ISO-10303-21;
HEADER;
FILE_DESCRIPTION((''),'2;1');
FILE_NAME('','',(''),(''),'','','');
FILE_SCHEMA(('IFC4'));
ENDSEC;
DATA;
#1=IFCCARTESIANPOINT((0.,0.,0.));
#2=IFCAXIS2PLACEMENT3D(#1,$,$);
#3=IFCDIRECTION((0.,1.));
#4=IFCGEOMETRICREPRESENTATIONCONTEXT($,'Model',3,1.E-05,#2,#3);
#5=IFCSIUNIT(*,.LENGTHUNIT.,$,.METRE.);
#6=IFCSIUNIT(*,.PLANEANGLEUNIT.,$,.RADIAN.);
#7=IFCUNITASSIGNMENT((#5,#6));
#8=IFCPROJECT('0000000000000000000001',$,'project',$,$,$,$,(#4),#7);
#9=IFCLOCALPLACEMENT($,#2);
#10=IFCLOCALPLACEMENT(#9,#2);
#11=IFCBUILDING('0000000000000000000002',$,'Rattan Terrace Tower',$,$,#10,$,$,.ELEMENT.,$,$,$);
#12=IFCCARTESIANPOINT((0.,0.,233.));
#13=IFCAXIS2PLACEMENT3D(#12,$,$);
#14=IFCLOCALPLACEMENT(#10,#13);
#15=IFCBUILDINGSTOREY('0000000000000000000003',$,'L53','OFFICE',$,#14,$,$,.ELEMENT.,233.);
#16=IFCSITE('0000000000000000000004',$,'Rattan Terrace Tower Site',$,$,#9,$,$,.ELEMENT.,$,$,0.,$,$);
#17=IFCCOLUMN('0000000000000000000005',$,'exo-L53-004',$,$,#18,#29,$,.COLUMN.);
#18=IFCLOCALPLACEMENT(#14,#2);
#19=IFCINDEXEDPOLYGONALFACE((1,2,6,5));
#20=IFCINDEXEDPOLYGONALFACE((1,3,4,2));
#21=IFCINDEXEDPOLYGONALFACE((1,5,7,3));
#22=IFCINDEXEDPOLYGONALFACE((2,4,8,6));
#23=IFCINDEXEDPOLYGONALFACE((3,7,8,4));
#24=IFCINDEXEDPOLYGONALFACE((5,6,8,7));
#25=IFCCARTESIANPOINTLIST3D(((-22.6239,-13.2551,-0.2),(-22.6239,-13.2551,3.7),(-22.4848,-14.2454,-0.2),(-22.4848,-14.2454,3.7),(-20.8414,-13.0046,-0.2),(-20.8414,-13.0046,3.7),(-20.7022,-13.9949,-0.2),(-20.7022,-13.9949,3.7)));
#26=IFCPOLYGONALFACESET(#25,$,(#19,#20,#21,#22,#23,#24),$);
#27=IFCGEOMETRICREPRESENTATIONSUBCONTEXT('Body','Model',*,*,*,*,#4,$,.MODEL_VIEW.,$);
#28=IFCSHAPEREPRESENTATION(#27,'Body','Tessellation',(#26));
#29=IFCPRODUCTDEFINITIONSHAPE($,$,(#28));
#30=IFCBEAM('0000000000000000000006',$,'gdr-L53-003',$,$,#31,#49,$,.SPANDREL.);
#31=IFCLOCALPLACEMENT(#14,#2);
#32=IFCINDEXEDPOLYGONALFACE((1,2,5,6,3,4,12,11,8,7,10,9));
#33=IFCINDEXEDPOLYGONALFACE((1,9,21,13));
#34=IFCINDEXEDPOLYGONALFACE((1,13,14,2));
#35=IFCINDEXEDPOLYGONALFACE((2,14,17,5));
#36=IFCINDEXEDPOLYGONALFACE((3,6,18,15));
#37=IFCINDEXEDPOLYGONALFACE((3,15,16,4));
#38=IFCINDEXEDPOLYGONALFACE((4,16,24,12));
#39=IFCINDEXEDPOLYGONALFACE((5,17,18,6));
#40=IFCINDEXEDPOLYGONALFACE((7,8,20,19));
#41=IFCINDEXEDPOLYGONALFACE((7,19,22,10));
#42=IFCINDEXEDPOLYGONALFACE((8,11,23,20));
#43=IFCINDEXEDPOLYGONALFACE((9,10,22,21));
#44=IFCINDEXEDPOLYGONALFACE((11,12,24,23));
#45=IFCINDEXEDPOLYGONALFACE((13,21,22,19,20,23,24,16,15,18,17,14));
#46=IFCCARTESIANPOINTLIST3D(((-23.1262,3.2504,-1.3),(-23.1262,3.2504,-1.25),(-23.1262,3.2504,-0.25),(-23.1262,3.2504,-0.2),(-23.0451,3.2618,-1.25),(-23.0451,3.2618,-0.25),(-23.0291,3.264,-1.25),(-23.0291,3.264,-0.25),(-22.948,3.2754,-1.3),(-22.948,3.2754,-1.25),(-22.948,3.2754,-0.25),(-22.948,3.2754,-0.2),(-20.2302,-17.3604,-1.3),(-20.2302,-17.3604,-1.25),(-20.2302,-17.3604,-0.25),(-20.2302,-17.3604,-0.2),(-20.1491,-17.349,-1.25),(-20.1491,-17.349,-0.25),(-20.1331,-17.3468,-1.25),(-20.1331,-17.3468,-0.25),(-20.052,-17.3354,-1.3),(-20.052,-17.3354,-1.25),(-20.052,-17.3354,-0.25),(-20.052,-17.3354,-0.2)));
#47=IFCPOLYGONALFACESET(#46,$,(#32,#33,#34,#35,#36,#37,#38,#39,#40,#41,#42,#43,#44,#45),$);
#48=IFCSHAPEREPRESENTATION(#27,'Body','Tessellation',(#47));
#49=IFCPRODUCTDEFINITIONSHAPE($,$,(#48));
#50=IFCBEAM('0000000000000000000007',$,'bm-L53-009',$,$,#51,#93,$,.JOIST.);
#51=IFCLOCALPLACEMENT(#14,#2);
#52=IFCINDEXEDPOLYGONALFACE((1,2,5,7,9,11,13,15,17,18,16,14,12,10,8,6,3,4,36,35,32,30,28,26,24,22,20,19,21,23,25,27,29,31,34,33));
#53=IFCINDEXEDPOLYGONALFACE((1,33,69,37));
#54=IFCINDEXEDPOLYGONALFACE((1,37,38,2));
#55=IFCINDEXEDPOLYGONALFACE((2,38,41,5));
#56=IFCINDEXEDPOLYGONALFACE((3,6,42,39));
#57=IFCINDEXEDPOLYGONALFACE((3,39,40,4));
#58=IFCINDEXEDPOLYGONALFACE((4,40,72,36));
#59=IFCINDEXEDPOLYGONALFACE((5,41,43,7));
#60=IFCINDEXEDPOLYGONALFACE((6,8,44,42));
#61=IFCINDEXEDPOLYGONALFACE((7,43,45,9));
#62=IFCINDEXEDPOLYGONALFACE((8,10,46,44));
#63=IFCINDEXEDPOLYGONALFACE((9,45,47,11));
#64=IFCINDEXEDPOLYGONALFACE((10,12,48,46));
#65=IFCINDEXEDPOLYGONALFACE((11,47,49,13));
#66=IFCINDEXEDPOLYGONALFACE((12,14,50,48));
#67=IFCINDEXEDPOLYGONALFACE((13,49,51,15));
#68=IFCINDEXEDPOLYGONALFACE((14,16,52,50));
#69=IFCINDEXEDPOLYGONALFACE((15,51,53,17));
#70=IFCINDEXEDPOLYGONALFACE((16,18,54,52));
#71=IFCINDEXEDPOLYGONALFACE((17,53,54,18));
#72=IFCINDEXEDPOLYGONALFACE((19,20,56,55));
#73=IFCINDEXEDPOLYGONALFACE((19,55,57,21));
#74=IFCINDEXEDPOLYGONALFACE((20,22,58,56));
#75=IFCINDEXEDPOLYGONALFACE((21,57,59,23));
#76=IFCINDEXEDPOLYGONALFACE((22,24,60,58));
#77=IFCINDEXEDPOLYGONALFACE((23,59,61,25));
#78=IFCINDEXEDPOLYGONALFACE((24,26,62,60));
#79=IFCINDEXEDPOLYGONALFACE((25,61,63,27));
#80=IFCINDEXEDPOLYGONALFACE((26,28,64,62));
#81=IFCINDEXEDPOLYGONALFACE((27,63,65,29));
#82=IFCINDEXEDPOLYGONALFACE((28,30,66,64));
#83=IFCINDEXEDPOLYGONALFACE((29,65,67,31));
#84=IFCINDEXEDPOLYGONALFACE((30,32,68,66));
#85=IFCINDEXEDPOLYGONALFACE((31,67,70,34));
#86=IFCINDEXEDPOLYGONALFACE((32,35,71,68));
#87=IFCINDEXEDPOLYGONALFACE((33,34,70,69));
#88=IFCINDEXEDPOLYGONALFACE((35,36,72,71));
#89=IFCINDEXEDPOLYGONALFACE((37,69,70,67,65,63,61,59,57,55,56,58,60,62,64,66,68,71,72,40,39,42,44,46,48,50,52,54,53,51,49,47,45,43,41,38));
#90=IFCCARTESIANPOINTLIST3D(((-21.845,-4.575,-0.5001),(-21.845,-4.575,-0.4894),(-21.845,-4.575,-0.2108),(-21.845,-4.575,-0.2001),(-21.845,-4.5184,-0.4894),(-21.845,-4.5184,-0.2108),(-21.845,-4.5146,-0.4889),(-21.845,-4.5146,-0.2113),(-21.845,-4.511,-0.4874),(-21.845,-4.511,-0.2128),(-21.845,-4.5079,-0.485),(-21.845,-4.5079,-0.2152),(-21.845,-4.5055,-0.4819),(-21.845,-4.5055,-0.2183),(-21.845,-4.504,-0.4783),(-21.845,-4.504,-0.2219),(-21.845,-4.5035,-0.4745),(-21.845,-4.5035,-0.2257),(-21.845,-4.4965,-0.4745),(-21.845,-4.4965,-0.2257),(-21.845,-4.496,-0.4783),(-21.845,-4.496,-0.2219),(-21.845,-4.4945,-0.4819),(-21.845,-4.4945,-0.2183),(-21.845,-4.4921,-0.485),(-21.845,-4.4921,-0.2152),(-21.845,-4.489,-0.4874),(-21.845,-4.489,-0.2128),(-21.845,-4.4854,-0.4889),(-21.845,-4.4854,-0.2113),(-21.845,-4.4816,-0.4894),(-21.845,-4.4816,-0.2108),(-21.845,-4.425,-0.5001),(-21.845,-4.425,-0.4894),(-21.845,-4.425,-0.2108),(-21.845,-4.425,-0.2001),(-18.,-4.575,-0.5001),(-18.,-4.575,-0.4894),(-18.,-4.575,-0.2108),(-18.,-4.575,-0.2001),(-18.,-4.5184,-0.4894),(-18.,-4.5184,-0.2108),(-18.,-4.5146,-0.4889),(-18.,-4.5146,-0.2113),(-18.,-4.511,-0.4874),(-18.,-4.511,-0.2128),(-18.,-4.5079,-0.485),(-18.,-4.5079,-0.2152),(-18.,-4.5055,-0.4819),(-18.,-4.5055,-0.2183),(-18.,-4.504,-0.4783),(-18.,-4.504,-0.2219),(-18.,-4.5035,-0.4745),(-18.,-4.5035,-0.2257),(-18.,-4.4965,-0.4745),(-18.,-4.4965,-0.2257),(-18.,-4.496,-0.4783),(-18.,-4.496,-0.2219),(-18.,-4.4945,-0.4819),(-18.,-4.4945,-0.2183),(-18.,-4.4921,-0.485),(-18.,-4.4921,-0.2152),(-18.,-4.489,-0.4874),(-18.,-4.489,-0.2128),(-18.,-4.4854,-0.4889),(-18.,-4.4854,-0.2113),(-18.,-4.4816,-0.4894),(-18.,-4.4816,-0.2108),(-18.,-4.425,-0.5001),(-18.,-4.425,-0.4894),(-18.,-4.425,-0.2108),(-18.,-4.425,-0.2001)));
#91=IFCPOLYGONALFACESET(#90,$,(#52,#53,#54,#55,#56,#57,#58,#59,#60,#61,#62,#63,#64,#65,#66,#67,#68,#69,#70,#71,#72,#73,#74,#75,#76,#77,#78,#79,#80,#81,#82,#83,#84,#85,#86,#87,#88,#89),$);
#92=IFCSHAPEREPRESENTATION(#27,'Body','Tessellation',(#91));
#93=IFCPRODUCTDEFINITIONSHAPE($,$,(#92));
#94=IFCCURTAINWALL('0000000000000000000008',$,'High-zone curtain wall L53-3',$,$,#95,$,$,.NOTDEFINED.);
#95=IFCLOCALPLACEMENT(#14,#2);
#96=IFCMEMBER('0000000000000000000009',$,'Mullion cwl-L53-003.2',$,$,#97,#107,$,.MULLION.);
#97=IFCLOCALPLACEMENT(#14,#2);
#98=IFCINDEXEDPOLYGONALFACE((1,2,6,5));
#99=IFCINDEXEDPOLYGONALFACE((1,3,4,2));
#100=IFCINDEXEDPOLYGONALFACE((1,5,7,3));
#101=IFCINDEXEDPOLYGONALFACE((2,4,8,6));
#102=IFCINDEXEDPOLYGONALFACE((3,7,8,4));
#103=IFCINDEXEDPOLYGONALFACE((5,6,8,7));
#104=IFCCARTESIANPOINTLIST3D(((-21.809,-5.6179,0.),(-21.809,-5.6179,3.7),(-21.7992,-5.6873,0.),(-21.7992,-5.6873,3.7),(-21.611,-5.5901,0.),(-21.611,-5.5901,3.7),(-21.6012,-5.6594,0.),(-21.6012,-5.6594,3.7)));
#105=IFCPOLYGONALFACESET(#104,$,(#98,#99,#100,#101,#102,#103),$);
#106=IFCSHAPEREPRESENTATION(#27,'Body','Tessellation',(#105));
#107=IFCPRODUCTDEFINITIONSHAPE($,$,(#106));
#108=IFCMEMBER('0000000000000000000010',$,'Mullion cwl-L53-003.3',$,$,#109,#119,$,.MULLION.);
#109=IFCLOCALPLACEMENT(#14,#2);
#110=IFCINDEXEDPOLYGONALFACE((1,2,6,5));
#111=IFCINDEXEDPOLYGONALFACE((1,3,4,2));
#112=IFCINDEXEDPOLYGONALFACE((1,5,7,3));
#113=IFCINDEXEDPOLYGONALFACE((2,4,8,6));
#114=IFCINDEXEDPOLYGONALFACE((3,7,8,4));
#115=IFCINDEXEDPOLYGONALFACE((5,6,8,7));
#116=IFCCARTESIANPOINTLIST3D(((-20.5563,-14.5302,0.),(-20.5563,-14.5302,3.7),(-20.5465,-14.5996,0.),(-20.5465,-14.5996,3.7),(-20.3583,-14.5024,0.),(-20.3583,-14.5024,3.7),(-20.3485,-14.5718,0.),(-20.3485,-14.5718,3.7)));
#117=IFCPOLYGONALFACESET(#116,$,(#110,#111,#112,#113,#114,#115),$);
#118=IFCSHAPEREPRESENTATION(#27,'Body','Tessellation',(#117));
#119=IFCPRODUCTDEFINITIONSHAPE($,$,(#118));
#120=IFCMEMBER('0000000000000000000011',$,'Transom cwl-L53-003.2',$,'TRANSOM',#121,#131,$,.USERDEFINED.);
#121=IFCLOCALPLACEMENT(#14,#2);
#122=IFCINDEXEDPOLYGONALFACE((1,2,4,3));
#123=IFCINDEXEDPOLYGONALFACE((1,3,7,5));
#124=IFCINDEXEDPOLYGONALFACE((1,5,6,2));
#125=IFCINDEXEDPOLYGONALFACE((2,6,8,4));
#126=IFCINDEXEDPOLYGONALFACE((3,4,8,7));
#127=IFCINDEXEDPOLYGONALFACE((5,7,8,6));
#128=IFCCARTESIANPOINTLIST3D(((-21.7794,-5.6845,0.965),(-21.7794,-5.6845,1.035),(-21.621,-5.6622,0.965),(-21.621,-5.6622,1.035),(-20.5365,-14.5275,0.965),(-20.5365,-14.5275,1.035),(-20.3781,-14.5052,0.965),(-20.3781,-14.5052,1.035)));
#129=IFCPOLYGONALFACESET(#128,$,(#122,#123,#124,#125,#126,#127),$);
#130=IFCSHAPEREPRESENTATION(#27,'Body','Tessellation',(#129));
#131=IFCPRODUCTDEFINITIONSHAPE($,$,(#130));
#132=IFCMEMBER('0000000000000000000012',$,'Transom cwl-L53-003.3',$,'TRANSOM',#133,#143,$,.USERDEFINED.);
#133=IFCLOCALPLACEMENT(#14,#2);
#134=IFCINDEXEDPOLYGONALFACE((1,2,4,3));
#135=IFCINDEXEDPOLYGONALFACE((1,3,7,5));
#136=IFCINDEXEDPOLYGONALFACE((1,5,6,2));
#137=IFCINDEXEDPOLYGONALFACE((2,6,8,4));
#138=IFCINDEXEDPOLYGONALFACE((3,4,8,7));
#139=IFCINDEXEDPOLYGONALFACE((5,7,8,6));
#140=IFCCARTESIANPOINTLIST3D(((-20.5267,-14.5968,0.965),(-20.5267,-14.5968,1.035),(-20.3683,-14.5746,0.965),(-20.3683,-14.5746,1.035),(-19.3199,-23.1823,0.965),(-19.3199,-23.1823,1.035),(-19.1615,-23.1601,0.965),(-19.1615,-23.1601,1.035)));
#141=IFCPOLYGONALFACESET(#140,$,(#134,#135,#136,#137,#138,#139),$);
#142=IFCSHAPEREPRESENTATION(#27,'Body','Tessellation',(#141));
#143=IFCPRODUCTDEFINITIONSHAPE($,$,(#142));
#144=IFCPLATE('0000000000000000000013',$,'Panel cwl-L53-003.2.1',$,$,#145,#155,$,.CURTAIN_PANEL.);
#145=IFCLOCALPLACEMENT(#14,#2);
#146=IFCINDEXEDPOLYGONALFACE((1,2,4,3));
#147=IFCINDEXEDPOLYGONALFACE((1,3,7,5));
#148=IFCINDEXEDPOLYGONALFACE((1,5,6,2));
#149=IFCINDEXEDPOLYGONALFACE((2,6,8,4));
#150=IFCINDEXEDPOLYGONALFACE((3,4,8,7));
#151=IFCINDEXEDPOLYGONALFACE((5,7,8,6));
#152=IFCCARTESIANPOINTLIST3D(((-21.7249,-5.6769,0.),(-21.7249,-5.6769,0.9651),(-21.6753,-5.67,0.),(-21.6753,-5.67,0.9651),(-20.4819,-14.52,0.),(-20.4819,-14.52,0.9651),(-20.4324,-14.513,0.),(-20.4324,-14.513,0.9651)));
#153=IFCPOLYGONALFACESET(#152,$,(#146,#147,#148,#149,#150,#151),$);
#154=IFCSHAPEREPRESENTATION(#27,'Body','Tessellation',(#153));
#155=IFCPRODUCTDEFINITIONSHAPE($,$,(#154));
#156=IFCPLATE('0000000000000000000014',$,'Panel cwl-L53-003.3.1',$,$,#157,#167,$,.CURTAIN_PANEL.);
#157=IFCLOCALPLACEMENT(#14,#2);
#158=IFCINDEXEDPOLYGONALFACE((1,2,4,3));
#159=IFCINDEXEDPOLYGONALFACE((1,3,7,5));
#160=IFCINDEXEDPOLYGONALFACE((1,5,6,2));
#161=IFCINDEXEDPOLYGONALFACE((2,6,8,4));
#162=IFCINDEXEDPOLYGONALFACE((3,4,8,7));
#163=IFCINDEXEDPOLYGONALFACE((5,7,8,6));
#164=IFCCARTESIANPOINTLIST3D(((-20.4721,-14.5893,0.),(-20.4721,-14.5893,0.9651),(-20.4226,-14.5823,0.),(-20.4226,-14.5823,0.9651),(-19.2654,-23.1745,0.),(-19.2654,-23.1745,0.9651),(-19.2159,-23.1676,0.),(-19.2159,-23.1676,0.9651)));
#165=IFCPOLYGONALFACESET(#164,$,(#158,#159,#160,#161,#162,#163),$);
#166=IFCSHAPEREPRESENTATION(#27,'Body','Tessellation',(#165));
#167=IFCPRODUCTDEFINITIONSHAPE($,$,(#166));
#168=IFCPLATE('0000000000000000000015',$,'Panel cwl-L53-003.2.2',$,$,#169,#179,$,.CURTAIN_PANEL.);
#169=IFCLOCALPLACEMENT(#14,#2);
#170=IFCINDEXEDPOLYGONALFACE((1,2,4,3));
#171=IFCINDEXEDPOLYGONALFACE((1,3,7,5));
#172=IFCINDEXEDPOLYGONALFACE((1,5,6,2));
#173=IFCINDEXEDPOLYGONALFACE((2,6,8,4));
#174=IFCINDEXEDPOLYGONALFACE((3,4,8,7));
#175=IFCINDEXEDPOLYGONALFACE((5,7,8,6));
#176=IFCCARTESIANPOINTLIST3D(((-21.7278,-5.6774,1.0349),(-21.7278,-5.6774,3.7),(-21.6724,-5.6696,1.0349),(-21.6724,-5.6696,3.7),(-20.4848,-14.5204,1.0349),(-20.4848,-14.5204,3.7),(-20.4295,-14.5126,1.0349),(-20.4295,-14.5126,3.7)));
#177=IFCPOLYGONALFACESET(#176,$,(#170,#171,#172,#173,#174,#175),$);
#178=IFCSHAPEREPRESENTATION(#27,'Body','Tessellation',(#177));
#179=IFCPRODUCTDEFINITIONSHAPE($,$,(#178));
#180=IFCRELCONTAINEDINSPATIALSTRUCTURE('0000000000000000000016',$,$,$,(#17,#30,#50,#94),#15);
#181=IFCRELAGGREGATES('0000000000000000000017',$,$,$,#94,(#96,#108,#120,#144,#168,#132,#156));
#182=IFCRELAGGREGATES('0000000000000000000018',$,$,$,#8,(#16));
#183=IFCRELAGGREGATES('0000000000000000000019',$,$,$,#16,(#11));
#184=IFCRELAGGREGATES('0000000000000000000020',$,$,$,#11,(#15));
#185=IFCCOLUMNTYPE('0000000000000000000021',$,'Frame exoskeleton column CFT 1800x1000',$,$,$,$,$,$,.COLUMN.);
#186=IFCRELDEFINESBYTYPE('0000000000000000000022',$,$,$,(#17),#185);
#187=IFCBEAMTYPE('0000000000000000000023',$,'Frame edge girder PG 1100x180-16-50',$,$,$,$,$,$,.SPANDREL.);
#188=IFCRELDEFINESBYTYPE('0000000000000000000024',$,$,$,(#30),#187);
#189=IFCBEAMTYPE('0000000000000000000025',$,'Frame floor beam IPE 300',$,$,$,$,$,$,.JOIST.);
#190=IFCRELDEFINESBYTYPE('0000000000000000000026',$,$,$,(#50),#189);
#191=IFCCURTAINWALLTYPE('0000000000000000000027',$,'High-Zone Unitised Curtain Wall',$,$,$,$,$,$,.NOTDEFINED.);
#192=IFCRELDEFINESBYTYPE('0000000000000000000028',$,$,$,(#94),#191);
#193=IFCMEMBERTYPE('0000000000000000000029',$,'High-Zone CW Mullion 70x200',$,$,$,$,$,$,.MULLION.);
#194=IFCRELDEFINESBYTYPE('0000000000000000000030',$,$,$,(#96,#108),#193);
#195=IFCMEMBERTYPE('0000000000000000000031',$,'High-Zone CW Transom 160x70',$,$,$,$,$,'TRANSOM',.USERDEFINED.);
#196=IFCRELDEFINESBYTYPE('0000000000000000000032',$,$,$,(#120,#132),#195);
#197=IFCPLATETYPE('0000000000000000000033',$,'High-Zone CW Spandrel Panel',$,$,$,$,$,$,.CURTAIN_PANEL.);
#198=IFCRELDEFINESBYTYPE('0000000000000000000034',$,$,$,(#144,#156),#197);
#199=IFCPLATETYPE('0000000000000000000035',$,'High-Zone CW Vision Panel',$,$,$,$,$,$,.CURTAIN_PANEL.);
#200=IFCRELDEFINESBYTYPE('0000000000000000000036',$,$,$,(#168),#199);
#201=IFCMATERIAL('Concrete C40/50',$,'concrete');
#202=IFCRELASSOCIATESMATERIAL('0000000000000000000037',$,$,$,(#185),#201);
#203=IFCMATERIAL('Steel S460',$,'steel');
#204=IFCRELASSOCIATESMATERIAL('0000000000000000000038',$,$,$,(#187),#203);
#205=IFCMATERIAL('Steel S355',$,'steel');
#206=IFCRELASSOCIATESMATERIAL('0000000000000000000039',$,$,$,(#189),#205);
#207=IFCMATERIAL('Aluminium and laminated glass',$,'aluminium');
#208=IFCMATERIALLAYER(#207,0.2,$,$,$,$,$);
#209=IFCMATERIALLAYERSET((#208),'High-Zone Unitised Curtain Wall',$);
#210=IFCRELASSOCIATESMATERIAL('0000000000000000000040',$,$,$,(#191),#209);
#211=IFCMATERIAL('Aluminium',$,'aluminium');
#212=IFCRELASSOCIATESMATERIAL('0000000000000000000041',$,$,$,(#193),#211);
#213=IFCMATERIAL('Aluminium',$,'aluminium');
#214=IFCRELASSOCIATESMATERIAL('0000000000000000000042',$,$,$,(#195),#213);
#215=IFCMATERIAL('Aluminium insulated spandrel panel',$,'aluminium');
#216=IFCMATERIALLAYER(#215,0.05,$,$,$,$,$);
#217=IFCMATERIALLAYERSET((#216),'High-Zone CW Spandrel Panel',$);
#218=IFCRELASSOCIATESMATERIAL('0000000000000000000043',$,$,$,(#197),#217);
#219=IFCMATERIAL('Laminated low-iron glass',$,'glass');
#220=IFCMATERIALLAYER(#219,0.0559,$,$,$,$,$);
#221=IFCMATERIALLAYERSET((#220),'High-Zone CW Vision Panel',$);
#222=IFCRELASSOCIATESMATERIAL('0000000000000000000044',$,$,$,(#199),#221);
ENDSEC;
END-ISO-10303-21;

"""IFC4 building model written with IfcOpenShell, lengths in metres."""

from ifc_helpers import new_model, si_unit, direction, frame, origin, origin_2d, place, context, subcontext, project, spatial, rectangle, i_section, extrude, material, layer, layer_set, material_profile, profile_set, type_object, element, aggregate, save


model = new_model("IFC4")

# Units and contexts
model_context = context("Model", 3, precision=1e-05, world=origin(), true_north=direction((0.0, 1.0)))
body_context = subcontext(model_context, "Body", "Model", "MODEL_VIEW")
ifc_project = project(units=[si_unit("LENGTHUNIT", "METRE"), si_unit("PLANEANGLEUNIT", "RADIAN")], contexts=[model_context])

# Site, building, storey
site_placement = place(None, origin())
site = spatial("IfcSite", under=ifc_project, at=site_placement, Name="Rattan Terrace Tower Site", CompositionType="ELEMENT", RefElevation=0.0)
building_placement = place(site_placement, origin())
building = spatial("IfcBuilding", under=site, at=building_placement, Name="Rattan Terrace Tower", CompositionType="ELEMENT")
storey_placement = place(building_placement, frame((0.0, 0.0, 233.0)))
storey = spatial("IfcBuildingStorey", under=building, at=storey_placement, Name="L53", Description="OFFICE", CompositionType="ELEMENT", Elevation=233.0)

# Column
ifc_material_1 = material(Name="Concrete C40/50", Category="concrete")
ifc_material_profile_1 = material_profile(ifc_material_1, rectangle(XDim=1.0, YDim=1.8, at=origin_2d()), Name="CFT 1800x1000")
ifc_profile_set_1 = profile_set([ifc_material_profile_1], Name="Concrete C40/50")
column_type = type_object("IfcColumnType", Name="Frame exoskeleton column CFT 1800x1000", PredefinedType="COLUMN", material=ifc_profile_set_1)
column_placement = place(storey_placement, frame((-21.6631, -13.625, -0.2), z_axis=(0.0, 0.0, 1.0), x_axis=(-0.13919, 0.990266, 0.0)))
element("IfcColumn", 1, at=column_placement, inside=storey, type_object=column_type, Name="exo-L53-004", PredefinedType="COLUMN", context=body_context, shape_type="SweptSolid", body=[
    extrude(rectangle(XDim=1.0, YDim=1.8, at=origin_2d()), origin(), (0.0, 0.0, 1.0), 3.8999),
])

# Beams
ifc_material_2 = material(Name="Steel S460", Category="steel")
ifc_material_profile_2 = material_profile(ifc_material_2, i_section(OverallWidth=0.1799, OverallDepth=1.1001, WebThickness=0.0161, FlangeThickness=0.05, at=origin_2d()), Name="PG 1100x180-16-50")
ifc_profile_set_2 = profile_set([ifc_material_profile_2], Name="Steel S460")
beam_type_1 = type_object("IfcBeamType", Name="Frame edge girder PG 1100x180-16-50", PredefinedType="SPANDREL", material=ifc_profile_set_2)
beam_1_placement = place(storey_placement, frame((-20.1411, -17.3479, -0.75), z_axis=(-0.139142, 0.990272, 0.0), x_axis=(-0.990272, -0.139142, 0.0)))
element("IfcBeam", 2, at=beam_1_placement, inside=storey, type_object=beam_type_1, Name="gdr-L53-003", PredefinedType="SPANDREL", context=body_context, shape_type="SweptSolid", body=[
    extrude(i_section(OverallWidth=0.1799, OverallDepth=1.1001, WebThickness=0.0161, FlangeThickness=0.05, at=origin_2d()), origin(), (0.0, 0.0, 1.0), 20.8132),
])
ifc_material_3 = material(Name="Steel S355", Category="steel")
ifc_material_profile_3 = material_profile(ifc_material_3, i_section(OverallWidth=0.1499, OverallDepth=0.3, WebThickness=0.0071, FlangeThickness=0.0107, FilletRadius=0.0149, at=origin_2d()), Name="IPE 300")
ifc_profile_set_3 = profile_set([ifc_material_profile_3], Name="Steel S355")
beam_type_2 = type_object("IfcBeamType", Name="Frame floor beam IPE 300", PredefinedType="JOIST", material=ifc_profile_set_3)
beam_2_placement = place(storey_placement, frame((-21.845, -4.5, -0.3501), z_axis=(1.0, 0.0, 0.0), x_axis=(0.0, 1.0, 0.0)))
element("IfcBeam", 3, at=beam_2_placement, inside=storey, type_object=beam_type_2, Name="bm-L53-009", PredefinedType="JOIST", context=body_context, shape_type="SweptSolid", body=[
    extrude(i_section(OverallWidth=0.1499, OverallDepth=0.3, WebThickness=0.0071, FlangeThickness=0.0107, FilletRadius=0.0149, at=origin_2d()), origin(), (0.0, 0.0, 1.0), 3.845),
])

# Curtain wall, members, plates
ifc_material_4 = material(Name="Aluminium and laminated glass", Category="aluminium")
ifc_layer_1 = layer(ifc_material_4, 0.2)
ifc_layer_set_1 = layer_set([ifc_layer_1], Name="High-Zone Unitised Curtain Wall")
curtain_wall_type = type_object("IfcCurtainWallType", Name="High-Zone Unitised Curtain Wall", PredefinedType="NOTDEFINED", material=ifc_layer_set_1)
curtain_wall_placement = place(storey_placement, origin())
curtain_wall = element("IfcCurtainWall", 4, at=curtain_wall_placement, inside=storey, type_object=curtain_wall_type, Name="High-zone curtain wall L53-3", PredefinedType="NOTDEFINED")
ifc_material_5 = material(Name="Aluminium", Category="aluminium")
ifc_material_profile_4 = material_profile(ifc_material_5, rectangle(XDim=0.0701, YDim=0.2, at=origin_2d()), Name="Aluminium 70x200")
ifc_profile_set_4 = profile_set([ifc_material_profile_4], Name="Aluminium")
member_type_1 = type_object("IfcMemberType", Name="High-Zone CW Mullion 70x200", PredefinedType="MULLION", material=ifc_profile_set_4)
member_1_placement = place(storey_placement, frame((-21.7051, -5.6387, 0.0), z_axis=(0.0, 0.0, 1.0), x_axis=(0.139186, -0.990266, 0.0)))
member_1 = element("IfcMember", 5, at=member_1_placement, type_object=member_type_1, Name="Mullion cwl-L53-003.2", PredefinedType="MULLION", context=body_context, shape_type="SweptSolid", body=[
    extrude(rectangle(XDim=0.0701, YDim=0.2, at=origin_2d()), origin(), (0.0, 0.0, 1.0), 3.7),
])
member_2_placement = place(storey_placement, frame((-20.4524, -14.551, 0.0), z_axis=(0.0, 0.0, 1.0), x_axis=(0.139186, -0.990266, 0.0)))
member_2 = element("IfcMember", 6, at=member_2_placement, type_object=member_type_1, Name="Mullion cwl-L53-003.3", PredefinedType="MULLION", context=body_context, shape_type="SweptSolid", body=[
    extrude(rectangle(XDim=0.0701, YDim=0.2, at=origin_2d()), origin(), (0.0, 0.0, 1.0), 3.7),
])
ifc_material_6 = material(Name="Aluminium", Category="aluminium")
ifc_material_profile_5 = material_profile(ifc_material_6, rectangle(XDim=0.1599, YDim=0.0701, at=origin_2d()), Name="Aluminium 160x70")
ifc_profile_set_5 = profile_set([ifc_material_profile_5], Name="Aluminium")
member_type_2 = type_object("IfcMemberType", Name="High-Zone CW Transom 160x70", ElementType="TRANSOM", PredefinedType="USERDEFINED", material=ifc_profile_set_5)
member_3_placement = place(storey_placement, frame((-21.7002, -5.6733, 1.0), z_axis=(0.139186, -0.990266, 0.0), x_axis=(0.990266, 0.139186, 0.0)))
member_3 = element("IfcMember", 7, at=member_3_placement, type_object=member_type_2, Name="Transom cwl-L53-003.2", ObjectType="TRANSOM", PredefinedType="USERDEFINED", context=body_context, shape_type="SweptSolid", body=[
    extrude(rectangle(XDim=0.1599, YDim=0.0701, at=origin_2d()), origin(), (0.0, 0.0, 1.0), 8.9299),
])
member_4_placement = place(storey_placement, frame((-20.4475, -14.5857, 1.0), z_axis=(0.139194, -0.990265, 0.0), x_axis=(0.990265, 0.139194, 0.0)))
member_4 = element("IfcMember", 8, at=member_4_placement, type_object=member_type_2, Name="Transom cwl-L53-003.3", ObjectType="TRANSOM", PredefinedType="USERDEFINED", context=body_context, shape_type="SweptSolid", body=[
    extrude(rectangle(XDim=0.1599, YDim=0.0701, at=origin_2d()), origin(), (0.0, 0.0, 1.0), 8.6699),
])
ifc_material_7 = material(Name="Aluminium insulated spandrel panel", Category="aluminium")
ifc_layer_2 = layer(ifc_material_7, 0.05)
ifc_layer_set_2 = layer_set([ifc_layer_2], Name="High-Zone CW Spandrel Panel")
plate_type_1 = type_object("IfcPlateType", Name="High-Zone CW Spandrel Panel", PredefinedType="CURTAIN_PANEL", material=ifc_layer_set_2)
plate_1_placement = place(storey_placement, frame((-21.0786, -10.095, 0.0), z_axis=(0.0, 0.0, 1.0), x_axis=(0.139186, -0.990266, 0.0)))
plate_1 = element("IfcPlate", 9, at=plate_1_placement, type_object=plate_type_1, Name="Panel cwl-L53-003.2.1", PredefinedType="CURTAIN_PANEL", context=body_context, shape_type="SweptSolid", body=[
    extrude(rectangle(XDim=8.9299, YDim=0.05, at=origin_2d()), origin(), (0.0, 0.0, 1.0), 0.9651),
])
plate_2_placement = place(storey_placement, frame((-19.844, -18.8784, 0.0), z_axis=(0.0, 0.0, 1.0), x_axis=(0.139186, -0.990266, 0.0)))
plate_2 = element("IfcPlate", 10, at=plate_2_placement, type_object=plate_type_1, Name="Panel cwl-L53-003.3.1", PredefinedType="CURTAIN_PANEL", context=body_context, shape_type="SweptSolid", body=[
    extrude(rectangle(XDim=8.6697, YDim=0.05, at=origin_2d()), origin(), (0.0, 0.0, 1.0), 0.9651),
])
ifc_material_8 = material(Name="Laminated low-iron glass", Category="glass")
ifc_layer_3 = layer(ifc_material_8, 0.0559)
ifc_layer_set_3 = layer_set([ifc_layer_3], Name="High-Zone CW Vision Panel")
plate_type_2 = type_object("IfcPlateType", Name="High-Zone CW Vision Panel", PredefinedType="CURTAIN_PANEL", material=ifc_layer_set_3)
plate_3_placement = place(storey_placement, frame((-21.0786, -10.095, 1.0349), z_axis=(0.0, 0.0, 1.0), x_axis=(0.139186, -0.990266, 0.0)))
plate_3 = element("IfcPlate", 11, at=plate_3_placement, type_object=plate_type_2, Name="Panel cwl-L53-003.2.2", PredefinedType="CURTAIN_PANEL", context=body_context, shape_type="SweptSolid", body=[
    extrude(rectangle(XDim=8.9299, YDim=0.0559, at=origin_2d()), origin(), (0.0, 0.0, 1.0), 2.665),
])
aggregate(curtain_wall, [member_1, member_2, member_3, plate_1, plate_3, member_4, plate_2])

save(model, "model.ifc")
